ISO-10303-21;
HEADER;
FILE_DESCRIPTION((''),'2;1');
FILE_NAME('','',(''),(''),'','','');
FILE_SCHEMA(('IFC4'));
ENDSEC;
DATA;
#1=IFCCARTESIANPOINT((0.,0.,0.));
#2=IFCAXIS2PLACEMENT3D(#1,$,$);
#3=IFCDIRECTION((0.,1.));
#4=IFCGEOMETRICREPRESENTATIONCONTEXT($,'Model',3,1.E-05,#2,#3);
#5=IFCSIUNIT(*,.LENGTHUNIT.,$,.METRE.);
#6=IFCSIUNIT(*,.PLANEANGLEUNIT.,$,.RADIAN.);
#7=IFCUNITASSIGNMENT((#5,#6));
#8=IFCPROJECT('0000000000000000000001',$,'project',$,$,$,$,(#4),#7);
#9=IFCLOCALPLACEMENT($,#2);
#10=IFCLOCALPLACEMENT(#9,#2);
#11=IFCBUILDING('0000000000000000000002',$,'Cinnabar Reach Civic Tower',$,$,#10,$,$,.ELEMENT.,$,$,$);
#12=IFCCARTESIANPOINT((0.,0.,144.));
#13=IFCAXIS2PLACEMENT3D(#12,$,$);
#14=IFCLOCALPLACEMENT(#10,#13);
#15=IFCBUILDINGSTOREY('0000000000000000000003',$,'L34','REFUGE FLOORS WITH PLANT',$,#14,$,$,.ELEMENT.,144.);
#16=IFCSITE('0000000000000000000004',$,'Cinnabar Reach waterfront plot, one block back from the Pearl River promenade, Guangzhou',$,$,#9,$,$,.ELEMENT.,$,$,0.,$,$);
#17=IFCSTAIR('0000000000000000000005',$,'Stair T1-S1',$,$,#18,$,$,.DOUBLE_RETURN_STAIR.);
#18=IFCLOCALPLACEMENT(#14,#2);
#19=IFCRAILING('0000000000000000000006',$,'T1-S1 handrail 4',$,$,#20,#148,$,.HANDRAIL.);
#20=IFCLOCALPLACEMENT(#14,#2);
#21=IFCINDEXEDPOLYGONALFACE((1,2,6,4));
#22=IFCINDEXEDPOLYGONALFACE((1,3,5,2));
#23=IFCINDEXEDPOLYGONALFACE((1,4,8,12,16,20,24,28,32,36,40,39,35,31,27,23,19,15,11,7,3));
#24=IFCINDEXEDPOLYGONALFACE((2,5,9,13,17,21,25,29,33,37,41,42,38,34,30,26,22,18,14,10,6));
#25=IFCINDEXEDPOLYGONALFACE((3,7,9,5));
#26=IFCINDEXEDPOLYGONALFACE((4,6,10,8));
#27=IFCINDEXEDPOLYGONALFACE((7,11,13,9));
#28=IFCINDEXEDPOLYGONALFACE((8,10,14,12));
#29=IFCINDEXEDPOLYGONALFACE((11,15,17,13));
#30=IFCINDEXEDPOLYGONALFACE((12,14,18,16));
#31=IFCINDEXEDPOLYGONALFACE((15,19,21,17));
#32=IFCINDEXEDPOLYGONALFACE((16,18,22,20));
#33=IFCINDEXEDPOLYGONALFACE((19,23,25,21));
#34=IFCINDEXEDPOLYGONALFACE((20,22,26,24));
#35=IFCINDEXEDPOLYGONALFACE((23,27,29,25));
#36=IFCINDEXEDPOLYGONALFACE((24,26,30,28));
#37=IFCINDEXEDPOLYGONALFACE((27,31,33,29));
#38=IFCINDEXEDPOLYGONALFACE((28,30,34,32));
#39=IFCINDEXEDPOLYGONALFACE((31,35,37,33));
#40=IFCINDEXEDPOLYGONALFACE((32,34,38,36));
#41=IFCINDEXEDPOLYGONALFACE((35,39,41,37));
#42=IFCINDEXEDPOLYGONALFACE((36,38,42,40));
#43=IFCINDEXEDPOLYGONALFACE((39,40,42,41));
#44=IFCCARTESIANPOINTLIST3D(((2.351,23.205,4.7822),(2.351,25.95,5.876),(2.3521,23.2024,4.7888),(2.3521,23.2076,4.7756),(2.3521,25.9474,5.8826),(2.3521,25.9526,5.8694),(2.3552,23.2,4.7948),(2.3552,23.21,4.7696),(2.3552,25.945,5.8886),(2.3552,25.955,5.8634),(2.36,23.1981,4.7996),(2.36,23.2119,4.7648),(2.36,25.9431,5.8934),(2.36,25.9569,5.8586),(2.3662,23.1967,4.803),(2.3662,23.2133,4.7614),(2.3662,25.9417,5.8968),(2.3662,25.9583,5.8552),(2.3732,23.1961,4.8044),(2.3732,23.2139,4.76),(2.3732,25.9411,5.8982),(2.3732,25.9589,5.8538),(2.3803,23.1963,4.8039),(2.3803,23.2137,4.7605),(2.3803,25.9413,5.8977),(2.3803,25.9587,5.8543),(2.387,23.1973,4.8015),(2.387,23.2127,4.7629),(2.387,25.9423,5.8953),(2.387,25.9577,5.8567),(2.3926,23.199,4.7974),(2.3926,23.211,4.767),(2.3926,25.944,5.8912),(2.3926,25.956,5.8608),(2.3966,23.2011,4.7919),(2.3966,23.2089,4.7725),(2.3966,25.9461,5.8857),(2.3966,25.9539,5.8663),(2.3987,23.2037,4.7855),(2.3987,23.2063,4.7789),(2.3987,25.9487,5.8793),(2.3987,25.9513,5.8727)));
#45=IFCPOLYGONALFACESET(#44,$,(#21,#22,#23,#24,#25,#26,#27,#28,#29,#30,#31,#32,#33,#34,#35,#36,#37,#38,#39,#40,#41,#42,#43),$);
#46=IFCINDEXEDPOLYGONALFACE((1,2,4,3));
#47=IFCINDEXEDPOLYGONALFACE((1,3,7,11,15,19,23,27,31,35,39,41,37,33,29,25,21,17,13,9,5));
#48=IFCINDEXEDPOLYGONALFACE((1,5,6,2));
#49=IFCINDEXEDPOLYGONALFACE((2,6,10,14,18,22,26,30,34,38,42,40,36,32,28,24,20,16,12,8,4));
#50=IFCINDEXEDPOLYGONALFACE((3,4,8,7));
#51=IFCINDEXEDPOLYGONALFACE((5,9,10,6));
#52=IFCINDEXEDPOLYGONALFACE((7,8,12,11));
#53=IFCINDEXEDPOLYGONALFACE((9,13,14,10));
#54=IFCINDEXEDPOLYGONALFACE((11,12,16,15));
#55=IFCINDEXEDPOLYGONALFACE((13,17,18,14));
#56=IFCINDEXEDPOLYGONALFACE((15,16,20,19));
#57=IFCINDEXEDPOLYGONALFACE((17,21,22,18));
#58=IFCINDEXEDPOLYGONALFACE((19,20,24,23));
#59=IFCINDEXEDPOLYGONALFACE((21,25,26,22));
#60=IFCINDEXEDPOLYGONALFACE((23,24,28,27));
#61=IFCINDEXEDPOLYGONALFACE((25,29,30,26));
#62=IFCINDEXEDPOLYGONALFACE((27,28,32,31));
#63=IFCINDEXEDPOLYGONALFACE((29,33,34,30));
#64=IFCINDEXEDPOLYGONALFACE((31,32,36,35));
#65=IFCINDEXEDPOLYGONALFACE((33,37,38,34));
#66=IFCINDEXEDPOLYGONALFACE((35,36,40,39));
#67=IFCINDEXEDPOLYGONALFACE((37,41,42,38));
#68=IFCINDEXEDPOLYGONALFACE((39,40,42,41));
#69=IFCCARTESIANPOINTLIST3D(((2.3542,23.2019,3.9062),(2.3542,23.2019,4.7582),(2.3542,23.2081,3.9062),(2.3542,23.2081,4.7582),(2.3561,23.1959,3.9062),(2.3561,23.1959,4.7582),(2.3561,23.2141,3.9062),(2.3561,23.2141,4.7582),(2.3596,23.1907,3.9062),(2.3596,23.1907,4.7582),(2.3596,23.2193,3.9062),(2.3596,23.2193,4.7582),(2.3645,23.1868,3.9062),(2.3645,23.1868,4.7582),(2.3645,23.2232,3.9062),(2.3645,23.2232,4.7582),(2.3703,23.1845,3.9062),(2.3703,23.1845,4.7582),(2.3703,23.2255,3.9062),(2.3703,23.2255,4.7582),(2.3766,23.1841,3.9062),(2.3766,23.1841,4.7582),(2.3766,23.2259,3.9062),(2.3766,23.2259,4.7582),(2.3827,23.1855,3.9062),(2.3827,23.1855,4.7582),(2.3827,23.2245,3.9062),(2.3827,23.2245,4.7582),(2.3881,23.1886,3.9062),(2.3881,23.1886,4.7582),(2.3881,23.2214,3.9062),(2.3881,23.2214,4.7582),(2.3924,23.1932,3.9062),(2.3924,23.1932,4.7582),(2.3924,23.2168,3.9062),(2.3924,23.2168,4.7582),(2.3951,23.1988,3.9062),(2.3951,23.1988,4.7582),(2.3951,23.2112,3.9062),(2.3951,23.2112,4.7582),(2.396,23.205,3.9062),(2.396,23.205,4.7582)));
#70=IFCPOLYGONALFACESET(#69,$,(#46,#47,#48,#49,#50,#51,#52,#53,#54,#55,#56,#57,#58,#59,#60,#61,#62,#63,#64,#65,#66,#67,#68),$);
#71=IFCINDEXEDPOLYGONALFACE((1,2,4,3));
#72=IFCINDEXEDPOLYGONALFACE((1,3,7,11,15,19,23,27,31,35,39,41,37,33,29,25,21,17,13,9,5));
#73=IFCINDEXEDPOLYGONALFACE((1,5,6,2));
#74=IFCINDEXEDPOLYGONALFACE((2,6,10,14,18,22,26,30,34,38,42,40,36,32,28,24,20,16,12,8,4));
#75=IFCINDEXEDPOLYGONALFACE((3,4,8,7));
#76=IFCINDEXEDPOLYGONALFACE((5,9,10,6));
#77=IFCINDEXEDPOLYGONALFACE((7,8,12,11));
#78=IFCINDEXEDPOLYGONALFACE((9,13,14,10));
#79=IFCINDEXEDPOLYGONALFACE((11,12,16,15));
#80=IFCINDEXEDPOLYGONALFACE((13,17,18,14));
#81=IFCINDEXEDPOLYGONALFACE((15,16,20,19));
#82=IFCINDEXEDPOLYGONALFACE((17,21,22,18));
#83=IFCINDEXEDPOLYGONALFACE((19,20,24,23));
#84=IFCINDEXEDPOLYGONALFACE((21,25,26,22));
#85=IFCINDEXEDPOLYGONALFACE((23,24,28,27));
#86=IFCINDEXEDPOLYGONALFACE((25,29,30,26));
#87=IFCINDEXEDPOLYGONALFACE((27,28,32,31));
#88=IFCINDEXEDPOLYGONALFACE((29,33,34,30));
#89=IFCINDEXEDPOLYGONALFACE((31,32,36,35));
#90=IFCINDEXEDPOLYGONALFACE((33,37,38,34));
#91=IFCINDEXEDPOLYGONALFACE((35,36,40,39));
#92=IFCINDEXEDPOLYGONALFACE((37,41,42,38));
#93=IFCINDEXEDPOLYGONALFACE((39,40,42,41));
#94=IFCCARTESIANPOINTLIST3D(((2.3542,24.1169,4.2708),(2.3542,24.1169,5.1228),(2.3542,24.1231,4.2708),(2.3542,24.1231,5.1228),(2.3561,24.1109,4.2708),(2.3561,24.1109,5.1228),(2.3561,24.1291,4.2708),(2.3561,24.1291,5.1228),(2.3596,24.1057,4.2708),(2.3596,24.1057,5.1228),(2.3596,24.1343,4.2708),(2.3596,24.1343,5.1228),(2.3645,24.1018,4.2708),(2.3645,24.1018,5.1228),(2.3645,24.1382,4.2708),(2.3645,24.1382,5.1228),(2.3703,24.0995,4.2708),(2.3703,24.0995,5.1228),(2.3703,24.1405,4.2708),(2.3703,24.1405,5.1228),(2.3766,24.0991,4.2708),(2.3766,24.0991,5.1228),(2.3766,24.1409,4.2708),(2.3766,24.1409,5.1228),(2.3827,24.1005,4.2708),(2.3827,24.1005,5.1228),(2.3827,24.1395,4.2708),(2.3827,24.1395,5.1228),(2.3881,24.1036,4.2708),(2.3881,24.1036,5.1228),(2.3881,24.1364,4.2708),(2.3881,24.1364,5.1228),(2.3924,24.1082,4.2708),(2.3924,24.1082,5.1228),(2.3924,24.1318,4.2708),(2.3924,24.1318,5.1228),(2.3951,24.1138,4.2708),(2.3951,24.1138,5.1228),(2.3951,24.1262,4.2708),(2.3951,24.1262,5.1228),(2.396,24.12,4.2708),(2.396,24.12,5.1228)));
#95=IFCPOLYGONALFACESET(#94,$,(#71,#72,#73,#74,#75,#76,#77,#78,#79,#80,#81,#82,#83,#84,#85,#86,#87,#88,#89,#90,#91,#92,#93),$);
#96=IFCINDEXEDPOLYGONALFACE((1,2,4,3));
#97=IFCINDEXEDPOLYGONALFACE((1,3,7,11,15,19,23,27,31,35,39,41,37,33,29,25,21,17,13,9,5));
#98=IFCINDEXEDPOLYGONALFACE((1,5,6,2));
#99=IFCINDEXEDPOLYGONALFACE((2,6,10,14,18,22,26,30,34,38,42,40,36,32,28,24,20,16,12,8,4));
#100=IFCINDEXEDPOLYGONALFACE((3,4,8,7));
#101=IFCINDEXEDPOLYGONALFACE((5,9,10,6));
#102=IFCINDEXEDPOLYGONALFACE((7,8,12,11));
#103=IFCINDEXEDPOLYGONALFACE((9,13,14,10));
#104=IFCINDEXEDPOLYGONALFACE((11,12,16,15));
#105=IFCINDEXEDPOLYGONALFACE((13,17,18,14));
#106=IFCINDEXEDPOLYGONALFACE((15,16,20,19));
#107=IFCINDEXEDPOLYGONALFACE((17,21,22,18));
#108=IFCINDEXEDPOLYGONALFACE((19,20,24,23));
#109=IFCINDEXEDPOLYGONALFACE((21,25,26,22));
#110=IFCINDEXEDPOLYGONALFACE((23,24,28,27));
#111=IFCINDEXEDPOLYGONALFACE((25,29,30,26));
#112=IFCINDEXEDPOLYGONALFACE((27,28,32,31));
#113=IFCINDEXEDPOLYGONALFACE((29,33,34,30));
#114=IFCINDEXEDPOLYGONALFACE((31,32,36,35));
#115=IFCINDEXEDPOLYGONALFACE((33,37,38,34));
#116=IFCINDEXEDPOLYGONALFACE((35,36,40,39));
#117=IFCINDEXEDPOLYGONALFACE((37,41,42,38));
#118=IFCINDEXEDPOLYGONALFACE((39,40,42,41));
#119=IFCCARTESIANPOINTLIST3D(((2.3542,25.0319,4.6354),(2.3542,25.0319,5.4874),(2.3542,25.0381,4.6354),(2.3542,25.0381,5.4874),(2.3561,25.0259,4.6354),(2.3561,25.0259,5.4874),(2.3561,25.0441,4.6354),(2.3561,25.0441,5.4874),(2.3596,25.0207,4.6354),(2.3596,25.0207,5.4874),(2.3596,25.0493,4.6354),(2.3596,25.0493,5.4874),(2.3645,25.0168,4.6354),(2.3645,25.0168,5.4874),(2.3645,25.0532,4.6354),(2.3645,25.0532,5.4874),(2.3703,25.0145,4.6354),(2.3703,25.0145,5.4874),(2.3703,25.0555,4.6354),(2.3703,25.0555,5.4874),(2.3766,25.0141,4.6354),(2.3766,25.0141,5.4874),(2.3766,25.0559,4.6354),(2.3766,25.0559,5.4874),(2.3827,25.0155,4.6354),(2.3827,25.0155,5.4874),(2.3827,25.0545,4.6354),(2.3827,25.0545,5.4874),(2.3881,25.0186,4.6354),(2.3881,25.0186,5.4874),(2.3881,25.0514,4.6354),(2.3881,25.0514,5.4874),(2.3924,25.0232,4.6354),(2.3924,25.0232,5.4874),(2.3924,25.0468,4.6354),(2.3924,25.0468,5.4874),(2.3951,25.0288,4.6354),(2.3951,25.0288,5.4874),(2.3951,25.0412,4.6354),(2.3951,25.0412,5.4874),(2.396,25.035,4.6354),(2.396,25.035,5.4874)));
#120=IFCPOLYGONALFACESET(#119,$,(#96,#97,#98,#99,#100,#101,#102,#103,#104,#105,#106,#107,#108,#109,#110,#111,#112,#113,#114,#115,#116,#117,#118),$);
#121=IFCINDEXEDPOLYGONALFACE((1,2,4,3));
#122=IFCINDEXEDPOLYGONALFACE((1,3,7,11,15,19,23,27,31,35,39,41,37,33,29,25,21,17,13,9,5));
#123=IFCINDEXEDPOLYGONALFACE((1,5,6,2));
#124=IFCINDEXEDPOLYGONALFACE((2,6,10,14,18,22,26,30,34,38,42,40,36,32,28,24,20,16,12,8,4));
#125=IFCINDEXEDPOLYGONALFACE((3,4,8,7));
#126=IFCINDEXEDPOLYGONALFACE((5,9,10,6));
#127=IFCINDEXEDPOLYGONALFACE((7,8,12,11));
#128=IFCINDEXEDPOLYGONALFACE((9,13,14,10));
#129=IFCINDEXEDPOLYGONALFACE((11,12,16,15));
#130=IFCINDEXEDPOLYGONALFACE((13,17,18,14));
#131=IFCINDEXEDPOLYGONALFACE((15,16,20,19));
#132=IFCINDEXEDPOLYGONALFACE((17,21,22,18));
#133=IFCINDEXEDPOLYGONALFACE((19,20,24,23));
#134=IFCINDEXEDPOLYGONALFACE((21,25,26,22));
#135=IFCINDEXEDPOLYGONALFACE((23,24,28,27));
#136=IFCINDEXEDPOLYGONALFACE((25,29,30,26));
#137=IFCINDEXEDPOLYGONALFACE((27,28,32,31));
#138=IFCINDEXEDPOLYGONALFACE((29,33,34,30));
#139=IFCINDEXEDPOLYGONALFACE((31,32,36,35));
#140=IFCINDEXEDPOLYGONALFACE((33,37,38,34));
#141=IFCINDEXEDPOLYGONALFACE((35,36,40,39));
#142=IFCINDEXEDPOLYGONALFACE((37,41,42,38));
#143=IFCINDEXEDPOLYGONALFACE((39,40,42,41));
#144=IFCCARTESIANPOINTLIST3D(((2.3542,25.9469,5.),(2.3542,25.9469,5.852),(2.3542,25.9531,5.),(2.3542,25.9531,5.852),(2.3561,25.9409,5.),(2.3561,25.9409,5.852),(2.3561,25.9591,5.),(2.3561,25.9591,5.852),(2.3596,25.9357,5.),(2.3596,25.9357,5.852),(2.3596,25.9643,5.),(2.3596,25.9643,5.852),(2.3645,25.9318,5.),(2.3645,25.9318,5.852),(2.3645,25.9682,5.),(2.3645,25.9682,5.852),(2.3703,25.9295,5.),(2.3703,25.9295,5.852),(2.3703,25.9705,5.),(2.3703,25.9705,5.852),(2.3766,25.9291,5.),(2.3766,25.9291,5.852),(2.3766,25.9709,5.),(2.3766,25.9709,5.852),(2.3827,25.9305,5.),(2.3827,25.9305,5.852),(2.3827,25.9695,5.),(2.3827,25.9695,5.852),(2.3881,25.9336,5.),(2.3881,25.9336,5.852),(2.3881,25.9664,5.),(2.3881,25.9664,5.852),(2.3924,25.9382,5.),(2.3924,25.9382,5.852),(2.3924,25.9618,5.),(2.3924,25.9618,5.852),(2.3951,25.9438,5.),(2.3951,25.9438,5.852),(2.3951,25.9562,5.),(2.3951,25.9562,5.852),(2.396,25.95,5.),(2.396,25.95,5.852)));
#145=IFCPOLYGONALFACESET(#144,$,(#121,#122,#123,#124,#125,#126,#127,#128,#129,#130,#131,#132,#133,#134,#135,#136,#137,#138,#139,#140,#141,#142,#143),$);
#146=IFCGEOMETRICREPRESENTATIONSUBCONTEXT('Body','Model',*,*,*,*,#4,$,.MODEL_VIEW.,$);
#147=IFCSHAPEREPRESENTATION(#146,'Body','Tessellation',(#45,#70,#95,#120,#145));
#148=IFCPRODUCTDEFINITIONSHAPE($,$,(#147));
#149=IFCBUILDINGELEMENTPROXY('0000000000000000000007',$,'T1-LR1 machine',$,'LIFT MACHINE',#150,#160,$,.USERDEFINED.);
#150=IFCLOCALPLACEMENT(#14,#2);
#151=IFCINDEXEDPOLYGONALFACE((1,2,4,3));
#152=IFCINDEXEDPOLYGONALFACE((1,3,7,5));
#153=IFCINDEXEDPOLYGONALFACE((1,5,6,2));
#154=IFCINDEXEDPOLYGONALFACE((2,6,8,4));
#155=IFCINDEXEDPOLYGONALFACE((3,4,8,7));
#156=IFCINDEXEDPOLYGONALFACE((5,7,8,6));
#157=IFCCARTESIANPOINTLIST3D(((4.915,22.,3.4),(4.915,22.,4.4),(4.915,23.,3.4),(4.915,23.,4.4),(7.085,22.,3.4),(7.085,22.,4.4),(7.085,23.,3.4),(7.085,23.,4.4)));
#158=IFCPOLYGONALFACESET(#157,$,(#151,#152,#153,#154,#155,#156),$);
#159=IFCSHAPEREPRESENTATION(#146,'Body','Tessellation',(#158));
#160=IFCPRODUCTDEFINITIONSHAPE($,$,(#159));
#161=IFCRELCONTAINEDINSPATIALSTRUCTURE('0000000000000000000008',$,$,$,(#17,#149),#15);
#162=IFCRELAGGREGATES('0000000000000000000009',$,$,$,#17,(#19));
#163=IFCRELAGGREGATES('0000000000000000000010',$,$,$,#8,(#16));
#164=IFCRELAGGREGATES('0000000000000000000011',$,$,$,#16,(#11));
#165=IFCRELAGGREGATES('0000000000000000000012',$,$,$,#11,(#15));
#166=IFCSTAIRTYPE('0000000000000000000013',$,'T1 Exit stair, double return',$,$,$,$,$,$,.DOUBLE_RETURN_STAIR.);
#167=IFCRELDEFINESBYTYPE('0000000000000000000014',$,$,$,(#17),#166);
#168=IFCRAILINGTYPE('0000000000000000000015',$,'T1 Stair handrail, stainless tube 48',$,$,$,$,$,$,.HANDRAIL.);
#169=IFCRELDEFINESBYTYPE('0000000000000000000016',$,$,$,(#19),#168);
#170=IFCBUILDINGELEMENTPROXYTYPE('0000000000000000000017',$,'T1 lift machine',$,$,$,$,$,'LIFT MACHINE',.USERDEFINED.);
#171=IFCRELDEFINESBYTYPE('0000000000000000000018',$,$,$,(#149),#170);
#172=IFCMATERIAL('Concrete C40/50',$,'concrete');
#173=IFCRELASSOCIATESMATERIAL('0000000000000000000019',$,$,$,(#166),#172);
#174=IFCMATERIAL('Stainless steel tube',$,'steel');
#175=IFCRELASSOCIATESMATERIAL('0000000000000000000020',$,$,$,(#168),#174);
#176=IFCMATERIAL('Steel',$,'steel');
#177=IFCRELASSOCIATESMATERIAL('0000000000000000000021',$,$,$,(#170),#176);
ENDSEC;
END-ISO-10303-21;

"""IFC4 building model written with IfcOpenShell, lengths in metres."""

from ifc_helpers import new_model, si_unit, direction, frame, origin, origin_2d, place, context, subcontext, project, spatial, rectangle, circle, extrude, material, type_object, element, aggregate, save


model = new_model("IFC4")

# Units and contexts
model_context = context("Model", 3, precision=1e-05, world=origin(), true_north=direction((0.0, 1.0)))
body_context = subcontext(model_context, "Body", "Model", "MODEL_VIEW")
ifc_project = project(units=[si_unit("LENGTHUNIT", "METRE"), si_unit("PLANEANGLEUNIT", "RADIAN")], contexts=[model_context])

# Site, building, storey
site_placement = place(None, origin())
site = spatial("IfcSite", under=ifc_project, at=site_placement, Name="Cinnabar Reach waterfront plot, one block back from the Pearl River promenade, Guangzhou", CompositionType="ELEMENT", RefElevation=0.0)
building_placement = place(site_placement, origin())
building = spatial("IfcBuilding", under=site, at=building_placement, Name="Cinnabar Reach Civic Tower", CompositionType="ELEMENT")
storey_placement = place(building_placement, frame((0.0, 0.0, 144.0)))
storey = spatial("IfcBuildingStorey", under=building, at=storey_placement, Name="L34", Description="REFUGE FLOORS WITH PLANT", CompositionType="ELEMENT", Elevation=144.0)

# Shared definitions
ifc_material_1 = material(Name="Concrete C40/50", Category="concrete")

# Stair, railing
stair_type = type_object("IfcStairType", Name="T1 Exit stair, double return", PredefinedType="DOUBLE_RETURN_STAIR", material=ifc_material_1)
stair_placement = place(storey_placement, origin())
stair = element("IfcStair", 1, at=stair_placement, inside=storey, type_object=stair_type, Name="Stair T1-S1", PredefinedType="DOUBLE_RETURN_STAIR")
ifc_material_2 = material(Name="Stainless steel tube", Category="steel")
railing_type = type_object("IfcRailingType", Name="T1 Stair handrail, stainless tube 48", PredefinedType="HANDRAIL", material=ifc_material_2)
railing_1_placement = place(storey_placement, frame((2.375, 23.205, 3.9062)))
railing_1 = element("IfcRailing", 2, at=railing_1_placement, type_object=railing_type, Name="T1-S1 handrail 4", PredefinedType="HANDRAIL", context=body_context, shape_type="SweptSolid", body=[
    extrude(circle(Radius=0.024, at=origin_2d()), frame((0.0, 0.0, 0.876), z_axis=(0.0, 0.928966, 0.370165), x_axis=(-1.0, 0.0, 0.0)), (0.0, 0.0, 1.0), 2.9549),
    extrude(circle(Radius=0.021, at=origin_2d()), origin(), (0.0, 0.0, 1.0), 0.852),
    extrude(circle(Radius=0.021, at=origin_2d()), frame((0.0, 0.915, 0.3646)), (0.0, 0.0, 1.0), 0.852),
    extrude(circle(Radius=0.021, at=origin_2d()), frame((0.0, 1.83, 0.7292)), (0.0, 0.0, 1.0), 0.852),
    extrude(circle(Radius=0.021, at=origin_2d()), frame((0.0, 2.745, 1.0938)), (0.0, 0.0, 1.0), 0.852),
])
aggregate(stair, [railing_1])

# Building element proxy
ifc_material_3 = material(Name="Steel", Category="steel")
building_element_proxy_type = type_object("IfcBuildingElementProxyType", Name="T1 lift machine", ElementType="LIFT MACHINE", PredefinedType="USERDEFINED", material=ifc_material_3)
proxy_placement = place(storey_placement, frame((6.0, 22.5, 3.4), z_axis=(0.0, 0.0, 1.0), x_axis=(1.0, 0.0, 0.0)))
element("IfcBuildingElementProxy", 3, at=proxy_placement, inside=storey, type_object=building_element_proxy_type, Name="T1-LR1 machine", ObjectType="LIFT MACHINE", PredefinedType="USERDEFINED", context=body_context, shape_type="SweptSolid", body=[
    extrude(rectangle(XDim=2.17, YDim=1.0, at=origin_2d()), origin(), (0.0, 0.0, 1.0), 1.0),
])

save(model, "model.ifc")
